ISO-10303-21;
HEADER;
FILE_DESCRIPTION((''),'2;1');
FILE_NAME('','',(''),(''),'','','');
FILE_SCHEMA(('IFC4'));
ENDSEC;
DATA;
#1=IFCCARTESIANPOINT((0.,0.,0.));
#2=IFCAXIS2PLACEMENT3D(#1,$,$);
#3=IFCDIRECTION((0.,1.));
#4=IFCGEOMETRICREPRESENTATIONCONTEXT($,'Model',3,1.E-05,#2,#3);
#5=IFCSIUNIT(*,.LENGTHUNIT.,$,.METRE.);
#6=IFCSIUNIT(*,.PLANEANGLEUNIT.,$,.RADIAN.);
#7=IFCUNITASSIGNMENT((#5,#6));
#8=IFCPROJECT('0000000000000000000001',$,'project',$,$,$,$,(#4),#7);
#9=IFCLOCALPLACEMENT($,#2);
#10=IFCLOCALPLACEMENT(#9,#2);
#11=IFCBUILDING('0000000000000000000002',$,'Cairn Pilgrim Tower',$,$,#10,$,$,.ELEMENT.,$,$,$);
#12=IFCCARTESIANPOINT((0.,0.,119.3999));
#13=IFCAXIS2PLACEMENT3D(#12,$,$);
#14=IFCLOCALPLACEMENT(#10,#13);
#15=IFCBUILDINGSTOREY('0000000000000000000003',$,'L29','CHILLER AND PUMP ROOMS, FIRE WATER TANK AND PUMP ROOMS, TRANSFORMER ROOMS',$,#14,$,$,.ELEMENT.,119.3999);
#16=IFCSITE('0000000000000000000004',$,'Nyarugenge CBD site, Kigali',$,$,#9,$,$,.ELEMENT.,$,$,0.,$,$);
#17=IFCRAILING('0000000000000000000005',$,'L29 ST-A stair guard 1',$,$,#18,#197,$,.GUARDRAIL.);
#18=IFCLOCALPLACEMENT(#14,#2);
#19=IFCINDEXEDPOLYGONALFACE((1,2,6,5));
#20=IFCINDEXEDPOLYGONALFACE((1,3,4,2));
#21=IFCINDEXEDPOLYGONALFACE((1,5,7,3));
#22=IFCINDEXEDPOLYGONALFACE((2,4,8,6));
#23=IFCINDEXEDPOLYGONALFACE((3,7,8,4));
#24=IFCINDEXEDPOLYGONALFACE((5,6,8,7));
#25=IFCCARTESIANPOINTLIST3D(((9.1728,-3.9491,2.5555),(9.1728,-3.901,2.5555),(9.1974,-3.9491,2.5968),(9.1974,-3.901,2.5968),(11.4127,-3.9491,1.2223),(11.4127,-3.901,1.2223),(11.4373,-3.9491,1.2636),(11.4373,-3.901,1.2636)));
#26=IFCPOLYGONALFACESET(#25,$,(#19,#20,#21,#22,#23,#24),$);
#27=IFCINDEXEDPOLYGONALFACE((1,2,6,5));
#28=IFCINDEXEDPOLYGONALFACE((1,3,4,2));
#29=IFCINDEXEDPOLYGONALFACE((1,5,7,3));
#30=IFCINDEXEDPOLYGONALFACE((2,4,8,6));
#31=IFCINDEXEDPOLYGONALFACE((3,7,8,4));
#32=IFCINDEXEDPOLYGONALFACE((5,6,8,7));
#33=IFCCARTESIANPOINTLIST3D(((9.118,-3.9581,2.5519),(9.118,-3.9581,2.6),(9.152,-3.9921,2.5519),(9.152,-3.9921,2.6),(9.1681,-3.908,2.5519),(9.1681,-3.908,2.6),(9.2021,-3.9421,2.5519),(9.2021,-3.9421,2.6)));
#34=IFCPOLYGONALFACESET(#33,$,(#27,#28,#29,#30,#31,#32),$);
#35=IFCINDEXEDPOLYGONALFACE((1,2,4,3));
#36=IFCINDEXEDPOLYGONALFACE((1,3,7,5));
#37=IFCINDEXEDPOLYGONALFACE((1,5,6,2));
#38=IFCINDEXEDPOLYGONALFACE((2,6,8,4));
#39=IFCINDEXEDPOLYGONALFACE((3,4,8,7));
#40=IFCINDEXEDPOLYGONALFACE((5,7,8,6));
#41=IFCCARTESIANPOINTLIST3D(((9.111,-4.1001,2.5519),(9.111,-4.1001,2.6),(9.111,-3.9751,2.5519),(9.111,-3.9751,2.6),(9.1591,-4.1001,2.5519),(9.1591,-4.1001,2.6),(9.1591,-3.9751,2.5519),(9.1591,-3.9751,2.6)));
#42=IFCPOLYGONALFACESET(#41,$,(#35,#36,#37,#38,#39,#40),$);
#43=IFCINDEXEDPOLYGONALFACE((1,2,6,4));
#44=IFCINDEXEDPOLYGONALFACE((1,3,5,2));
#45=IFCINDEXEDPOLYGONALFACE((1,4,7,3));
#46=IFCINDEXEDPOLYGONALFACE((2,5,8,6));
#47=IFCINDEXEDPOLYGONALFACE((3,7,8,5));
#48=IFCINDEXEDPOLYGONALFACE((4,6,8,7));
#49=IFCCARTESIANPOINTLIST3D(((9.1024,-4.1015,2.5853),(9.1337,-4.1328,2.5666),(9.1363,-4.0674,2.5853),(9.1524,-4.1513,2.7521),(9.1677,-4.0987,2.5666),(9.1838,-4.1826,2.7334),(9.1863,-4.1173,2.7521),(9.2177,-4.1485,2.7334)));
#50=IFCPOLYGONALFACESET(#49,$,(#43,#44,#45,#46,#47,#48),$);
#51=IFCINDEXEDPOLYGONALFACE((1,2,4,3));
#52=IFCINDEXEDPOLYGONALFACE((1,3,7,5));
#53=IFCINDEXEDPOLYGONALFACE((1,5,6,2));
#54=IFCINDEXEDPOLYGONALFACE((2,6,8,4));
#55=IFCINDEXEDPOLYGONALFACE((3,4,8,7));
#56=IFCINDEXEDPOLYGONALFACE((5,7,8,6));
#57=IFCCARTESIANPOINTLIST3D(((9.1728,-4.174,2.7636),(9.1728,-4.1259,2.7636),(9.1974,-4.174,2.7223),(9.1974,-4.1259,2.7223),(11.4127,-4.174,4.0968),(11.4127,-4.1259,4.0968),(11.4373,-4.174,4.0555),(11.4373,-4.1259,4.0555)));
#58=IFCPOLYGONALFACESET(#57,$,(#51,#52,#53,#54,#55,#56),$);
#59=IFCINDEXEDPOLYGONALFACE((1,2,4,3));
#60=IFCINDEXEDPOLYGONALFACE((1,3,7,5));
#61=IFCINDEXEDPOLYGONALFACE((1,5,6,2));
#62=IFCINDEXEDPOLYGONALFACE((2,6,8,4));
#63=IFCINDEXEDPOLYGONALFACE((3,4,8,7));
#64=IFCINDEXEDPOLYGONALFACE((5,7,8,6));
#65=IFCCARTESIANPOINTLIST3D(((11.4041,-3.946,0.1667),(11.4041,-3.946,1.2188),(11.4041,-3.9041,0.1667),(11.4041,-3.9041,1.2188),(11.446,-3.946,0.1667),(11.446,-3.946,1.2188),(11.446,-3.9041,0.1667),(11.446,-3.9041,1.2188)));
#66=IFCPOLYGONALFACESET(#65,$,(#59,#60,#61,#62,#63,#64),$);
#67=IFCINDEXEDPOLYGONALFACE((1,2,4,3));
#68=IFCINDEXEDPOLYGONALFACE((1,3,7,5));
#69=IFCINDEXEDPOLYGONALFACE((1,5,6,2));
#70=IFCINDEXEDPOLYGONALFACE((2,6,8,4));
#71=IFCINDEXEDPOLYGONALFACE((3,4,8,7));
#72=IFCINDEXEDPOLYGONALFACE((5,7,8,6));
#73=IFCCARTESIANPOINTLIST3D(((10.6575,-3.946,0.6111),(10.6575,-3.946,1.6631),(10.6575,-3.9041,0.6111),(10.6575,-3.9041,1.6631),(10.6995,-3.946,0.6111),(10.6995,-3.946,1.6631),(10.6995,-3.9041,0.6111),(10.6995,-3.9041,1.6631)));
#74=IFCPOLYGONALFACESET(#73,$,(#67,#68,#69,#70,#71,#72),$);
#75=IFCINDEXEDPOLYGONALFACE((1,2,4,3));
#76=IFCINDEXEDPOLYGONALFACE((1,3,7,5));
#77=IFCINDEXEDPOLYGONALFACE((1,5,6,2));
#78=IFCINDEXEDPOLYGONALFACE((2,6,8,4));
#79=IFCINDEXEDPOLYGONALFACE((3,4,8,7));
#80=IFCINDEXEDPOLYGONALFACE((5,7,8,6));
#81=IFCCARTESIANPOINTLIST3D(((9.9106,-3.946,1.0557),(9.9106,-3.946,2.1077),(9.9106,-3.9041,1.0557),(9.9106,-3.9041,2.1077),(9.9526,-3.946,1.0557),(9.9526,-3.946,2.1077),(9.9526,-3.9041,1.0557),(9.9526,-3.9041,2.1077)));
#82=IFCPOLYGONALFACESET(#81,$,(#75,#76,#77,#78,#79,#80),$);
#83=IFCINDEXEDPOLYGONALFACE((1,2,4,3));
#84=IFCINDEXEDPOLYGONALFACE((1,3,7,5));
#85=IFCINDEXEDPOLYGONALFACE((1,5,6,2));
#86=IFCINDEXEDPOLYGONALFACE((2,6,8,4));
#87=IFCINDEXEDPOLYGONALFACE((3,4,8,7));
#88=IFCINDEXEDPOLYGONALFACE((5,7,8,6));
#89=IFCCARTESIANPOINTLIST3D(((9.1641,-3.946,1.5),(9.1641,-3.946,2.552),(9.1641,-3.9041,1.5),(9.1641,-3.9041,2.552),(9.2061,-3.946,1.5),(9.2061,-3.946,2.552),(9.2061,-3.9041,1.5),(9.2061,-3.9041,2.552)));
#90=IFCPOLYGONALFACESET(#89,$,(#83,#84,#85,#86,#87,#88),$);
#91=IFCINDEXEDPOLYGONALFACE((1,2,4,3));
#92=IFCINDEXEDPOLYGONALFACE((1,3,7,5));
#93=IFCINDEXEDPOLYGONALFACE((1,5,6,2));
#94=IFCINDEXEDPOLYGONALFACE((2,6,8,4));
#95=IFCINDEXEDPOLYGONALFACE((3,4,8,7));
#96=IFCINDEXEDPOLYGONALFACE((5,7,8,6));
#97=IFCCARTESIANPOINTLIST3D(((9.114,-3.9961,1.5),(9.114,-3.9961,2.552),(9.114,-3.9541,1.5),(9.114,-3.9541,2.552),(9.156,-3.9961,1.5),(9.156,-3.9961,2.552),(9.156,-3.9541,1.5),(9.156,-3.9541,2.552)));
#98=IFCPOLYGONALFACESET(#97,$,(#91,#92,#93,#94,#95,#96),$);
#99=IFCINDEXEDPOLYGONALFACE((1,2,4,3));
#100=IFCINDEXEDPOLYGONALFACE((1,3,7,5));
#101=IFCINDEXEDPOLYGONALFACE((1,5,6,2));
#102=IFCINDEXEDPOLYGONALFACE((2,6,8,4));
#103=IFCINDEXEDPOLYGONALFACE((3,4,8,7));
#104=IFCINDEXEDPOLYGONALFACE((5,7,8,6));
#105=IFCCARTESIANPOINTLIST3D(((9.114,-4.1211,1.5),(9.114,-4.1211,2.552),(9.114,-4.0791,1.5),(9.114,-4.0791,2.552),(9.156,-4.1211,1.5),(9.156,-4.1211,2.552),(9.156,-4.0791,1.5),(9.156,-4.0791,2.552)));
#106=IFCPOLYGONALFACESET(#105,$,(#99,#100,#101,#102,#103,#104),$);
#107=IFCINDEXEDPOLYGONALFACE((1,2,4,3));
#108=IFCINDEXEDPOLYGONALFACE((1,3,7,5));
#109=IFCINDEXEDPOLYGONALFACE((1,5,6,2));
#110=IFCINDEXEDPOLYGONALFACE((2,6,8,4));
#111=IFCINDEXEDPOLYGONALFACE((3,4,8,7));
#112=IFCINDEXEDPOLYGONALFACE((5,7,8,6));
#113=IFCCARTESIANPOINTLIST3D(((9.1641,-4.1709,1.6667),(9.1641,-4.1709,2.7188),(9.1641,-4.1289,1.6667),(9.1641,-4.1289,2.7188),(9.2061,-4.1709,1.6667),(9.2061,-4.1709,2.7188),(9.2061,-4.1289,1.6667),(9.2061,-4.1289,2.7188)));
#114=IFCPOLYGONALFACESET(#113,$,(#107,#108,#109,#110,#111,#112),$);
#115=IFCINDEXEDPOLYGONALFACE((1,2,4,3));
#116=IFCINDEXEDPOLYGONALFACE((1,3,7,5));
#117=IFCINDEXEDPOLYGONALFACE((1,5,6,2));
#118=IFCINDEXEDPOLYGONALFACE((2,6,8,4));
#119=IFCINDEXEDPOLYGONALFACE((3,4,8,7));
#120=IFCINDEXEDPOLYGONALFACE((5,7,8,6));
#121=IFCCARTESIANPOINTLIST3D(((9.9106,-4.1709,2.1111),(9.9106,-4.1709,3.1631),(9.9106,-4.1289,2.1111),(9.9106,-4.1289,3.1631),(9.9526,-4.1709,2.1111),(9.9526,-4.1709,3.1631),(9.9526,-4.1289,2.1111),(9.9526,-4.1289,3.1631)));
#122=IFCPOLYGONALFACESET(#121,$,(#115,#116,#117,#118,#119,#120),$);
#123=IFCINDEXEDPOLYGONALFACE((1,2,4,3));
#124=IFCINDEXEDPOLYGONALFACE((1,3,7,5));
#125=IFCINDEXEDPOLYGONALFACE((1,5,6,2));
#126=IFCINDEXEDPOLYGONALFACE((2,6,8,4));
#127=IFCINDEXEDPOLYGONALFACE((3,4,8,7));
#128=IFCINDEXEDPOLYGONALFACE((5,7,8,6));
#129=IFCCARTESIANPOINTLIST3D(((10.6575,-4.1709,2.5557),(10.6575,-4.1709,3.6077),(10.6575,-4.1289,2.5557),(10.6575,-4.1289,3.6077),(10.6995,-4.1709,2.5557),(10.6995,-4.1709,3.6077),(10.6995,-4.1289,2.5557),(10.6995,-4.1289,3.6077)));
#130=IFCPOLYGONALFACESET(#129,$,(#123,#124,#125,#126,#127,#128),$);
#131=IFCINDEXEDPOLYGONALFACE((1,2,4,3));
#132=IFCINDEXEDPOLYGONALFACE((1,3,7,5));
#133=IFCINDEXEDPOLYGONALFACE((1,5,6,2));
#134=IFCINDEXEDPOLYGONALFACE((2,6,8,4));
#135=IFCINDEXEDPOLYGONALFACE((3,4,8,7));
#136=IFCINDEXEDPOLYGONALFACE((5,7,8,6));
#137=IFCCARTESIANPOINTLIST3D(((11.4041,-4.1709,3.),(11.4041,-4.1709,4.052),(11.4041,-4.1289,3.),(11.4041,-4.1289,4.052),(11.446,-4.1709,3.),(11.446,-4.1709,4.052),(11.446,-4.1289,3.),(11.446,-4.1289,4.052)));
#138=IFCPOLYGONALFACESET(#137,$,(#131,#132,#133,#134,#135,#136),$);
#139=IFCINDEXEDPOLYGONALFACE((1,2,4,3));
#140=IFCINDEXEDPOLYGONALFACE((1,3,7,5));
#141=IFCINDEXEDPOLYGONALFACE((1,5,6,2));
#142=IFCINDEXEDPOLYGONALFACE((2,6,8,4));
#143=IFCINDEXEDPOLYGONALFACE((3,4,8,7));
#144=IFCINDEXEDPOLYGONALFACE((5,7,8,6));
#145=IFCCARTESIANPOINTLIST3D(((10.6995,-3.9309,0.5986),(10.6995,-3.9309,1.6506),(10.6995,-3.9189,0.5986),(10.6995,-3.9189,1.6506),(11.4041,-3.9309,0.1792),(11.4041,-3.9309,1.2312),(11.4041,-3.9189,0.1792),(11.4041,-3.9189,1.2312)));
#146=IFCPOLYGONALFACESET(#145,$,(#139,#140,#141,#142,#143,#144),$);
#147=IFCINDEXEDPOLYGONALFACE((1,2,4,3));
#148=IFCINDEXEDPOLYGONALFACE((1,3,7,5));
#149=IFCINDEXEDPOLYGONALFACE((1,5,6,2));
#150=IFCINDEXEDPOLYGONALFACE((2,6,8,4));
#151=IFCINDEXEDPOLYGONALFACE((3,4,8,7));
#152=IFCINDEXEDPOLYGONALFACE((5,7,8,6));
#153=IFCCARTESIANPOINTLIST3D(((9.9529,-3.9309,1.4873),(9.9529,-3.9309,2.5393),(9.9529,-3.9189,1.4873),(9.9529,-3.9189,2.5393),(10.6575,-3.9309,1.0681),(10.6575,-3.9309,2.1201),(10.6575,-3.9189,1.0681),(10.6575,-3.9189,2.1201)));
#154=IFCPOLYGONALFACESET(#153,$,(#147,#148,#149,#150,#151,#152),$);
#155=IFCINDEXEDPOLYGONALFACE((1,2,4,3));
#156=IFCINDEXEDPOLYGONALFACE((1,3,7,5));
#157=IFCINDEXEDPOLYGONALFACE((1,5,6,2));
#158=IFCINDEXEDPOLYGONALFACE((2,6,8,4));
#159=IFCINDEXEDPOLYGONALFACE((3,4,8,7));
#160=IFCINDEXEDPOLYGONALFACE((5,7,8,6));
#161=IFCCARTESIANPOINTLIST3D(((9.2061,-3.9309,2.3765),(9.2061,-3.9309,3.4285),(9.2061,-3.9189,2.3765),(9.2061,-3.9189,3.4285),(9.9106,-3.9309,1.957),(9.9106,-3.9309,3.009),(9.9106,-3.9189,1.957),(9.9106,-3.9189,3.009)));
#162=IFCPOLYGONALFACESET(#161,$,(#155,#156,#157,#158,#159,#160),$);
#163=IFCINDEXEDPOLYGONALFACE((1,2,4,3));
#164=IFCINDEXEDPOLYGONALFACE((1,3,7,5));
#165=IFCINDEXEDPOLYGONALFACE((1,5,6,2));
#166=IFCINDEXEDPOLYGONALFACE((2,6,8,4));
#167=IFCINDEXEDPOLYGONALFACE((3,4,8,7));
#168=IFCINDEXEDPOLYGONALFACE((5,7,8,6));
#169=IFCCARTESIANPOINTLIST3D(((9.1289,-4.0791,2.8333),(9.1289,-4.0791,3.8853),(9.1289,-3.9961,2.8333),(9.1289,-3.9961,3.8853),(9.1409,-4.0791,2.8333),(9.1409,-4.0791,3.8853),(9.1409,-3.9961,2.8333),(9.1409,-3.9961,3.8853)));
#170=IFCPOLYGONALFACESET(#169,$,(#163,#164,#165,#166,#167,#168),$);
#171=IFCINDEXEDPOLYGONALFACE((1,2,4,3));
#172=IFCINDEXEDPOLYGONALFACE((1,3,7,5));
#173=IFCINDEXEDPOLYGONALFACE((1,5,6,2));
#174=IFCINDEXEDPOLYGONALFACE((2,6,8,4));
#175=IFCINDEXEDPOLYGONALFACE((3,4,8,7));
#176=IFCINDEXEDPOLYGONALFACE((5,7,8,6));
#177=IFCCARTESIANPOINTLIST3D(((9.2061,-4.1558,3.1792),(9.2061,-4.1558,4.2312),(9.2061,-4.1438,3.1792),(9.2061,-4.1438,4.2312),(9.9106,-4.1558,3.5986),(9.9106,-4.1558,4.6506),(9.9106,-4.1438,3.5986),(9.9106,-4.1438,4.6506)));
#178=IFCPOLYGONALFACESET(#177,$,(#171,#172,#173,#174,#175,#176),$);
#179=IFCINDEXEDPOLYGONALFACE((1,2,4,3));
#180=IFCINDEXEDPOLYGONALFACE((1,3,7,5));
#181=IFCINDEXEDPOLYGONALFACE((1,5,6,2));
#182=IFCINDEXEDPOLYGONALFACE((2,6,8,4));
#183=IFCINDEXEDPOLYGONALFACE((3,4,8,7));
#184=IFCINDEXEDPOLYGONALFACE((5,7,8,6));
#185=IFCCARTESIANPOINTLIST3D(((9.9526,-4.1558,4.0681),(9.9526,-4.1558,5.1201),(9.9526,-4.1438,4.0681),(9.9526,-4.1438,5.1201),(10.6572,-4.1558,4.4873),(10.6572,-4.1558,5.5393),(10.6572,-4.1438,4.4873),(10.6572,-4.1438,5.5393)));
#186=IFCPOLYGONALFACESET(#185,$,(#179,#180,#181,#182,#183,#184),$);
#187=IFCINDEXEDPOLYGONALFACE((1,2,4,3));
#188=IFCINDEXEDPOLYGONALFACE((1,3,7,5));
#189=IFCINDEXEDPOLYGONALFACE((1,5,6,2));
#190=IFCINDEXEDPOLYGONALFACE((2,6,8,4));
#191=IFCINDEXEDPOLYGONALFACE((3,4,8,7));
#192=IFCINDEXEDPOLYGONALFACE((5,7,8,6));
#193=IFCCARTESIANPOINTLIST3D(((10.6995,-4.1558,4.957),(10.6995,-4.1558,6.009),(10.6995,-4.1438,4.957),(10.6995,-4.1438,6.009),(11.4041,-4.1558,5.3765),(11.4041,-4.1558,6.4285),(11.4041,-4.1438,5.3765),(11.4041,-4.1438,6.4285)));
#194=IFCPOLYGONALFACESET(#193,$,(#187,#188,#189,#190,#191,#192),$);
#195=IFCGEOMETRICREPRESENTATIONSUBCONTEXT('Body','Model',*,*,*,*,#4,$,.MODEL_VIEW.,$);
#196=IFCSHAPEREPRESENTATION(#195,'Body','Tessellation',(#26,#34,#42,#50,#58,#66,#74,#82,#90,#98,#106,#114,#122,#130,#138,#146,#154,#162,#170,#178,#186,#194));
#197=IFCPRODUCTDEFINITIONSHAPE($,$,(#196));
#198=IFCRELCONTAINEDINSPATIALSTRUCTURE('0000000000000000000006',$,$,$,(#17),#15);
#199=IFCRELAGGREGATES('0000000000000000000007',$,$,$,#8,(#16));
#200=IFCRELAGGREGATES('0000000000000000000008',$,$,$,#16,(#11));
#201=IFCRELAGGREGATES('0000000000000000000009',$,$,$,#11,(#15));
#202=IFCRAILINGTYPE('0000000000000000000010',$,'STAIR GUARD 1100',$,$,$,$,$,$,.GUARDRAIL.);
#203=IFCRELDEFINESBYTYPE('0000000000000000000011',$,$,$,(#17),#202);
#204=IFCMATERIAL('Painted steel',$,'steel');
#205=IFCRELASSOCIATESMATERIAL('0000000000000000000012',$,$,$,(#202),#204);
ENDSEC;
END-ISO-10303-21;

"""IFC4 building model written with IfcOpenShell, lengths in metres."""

from ifc_helpers import new_model, si_unit, direction, frame, origin, origin_2d, place, context, subcontext, project, spatial, polyline, rectangle, outline, extrude, material, type_object, element, save


model = new_model("IFC4")

# Units and contexts
model_context = context("Model", 3, precision=1e-05, world=origin(), true_north=direction((0.0, 1.0)))
body_context = subcontext(model_context, "Body", "Model", "MODEL_VIEW")
ifc_project = project(units=[si_unit("LENGTHUNIT", "METRE"), si_unit("PLANEANGLEUNIT", "RADIAN")], contexts=[model_context])

# Site, building, storey
site_placement = place(None, origin())
site = spatial("IfcSite", under=ifc_project, at=site_placement, Name="Nyarugenge CBD site, Kigali", CompositionType="ELEMENT", RefElevation=0.0)
building_placement = place(site_placement, origin())
building = spatial("IfcBuilding", under=site, at=building_placement, Name="Cairn Pilgrim Tower", CompositionType="ELEMENT")
storey_placement = place(building_placement, frame((0.0, 0.0, 119.3999)))
storey = spatial("IfcBuildingStorey", under=building, at=storey_placement, Name="L29", Description="CHILLER AND PUMP ROOMS, FIRE WATER TANK AND PUMP ROOMS, TRANSFORMER ROOMS", CompositionType="ELEMENT", Elevation=119.3999)

# Railing
ifc_material_1 = material(Name="Painted steel", Category="steel")
railing_type_1 = type_object("IfcRailingType", Name="STAIR GUARD 1100", PredefinedType="GUARDRAIL", material=ifc_material_1)
railing_1_placement = place(storey_placement, frame((11.425, -3.925, 0.1667)))
element("IfcRailing", 1, at=railing_1_placement, inside=storey, type_object=railing_type_1, Name="L29 ST-A stair guard 1", PredefinedType="GUARDRAIL", context=body_context, shape_type="SweptSolid", body=[
    extrude(rectangle(XDim=0.0481, YDim=0.0481, at=origin_2d()), frame((0.0, 0.0, 1.0762), z_axis=(-0.859306, 0.0, 0.511462), x_axis=(0.0, -1.0, 0.0)), (0.0, 0.0, 1.0), 2.6067),
    extrude(rectangle(XDim=0.0481, YDim=0.0481, at=origin_2d()), frame((-2.24, 0.0, 2.4092), z_axis=(-0.707107, -0.707107, 0.0), x_axis=(0.707107, -0.707107, 0.0)), (0.0, 0.0, 1.0), 0.0708),
    extrude(rectangle(XDim=0.0481, YDim=0.0481, at=origin_2d()), frame((-2.29, -0.05, 2.4092), z_axis=(0.0, -1.0, 0.0), x_axis=(1.0, 0.0, 0.0)), (0.0, 0.0, 1.0), 0.125),
    extrude(rectangle(XDim=0.0481, YDim=0.0481, at=origin_2d()), frame((-2.29, -0.175, 2.4092), z_axis=(0.276389, -0.275041, 0.920848), x_axis=(0.705376, 0.708834, 0.0)), (0.0, 0.0, 1.0), 0.1812),
    extrude(rectangle(XDim=0.0481, YDim=0.0481, at=origin_2d()), frame((-2.24, -0.2249, 2.5762), z_axis=(0.859306, 0.0, 0.511462), x_axis=(0.0, 1.0, 0.0)), (0.0, 0.0, 1.0), 2.6067),
    extrude(rectangle(XDim=0.042, YDim=0.042, at=origin_2d()), origin(), (0.0, 0.0, 1.0), 1.052),
    extrude(rectangle(XDim=0.042, YDim=0.042, at=origin_2d()), frame((-0.7466, 0.0, 0.4443)), (0.0, 0.0, 1.0), 1.052),
    extrude(rectangle(XDim=0.042, YDim=0.042, at=origin_2d()), frame((-1.4934, 0.0, 0.8889)), (0.0, 0.0, 1.0), 1.052),
    extrude(rectangle(XDim=0.042, YDim=0.042, at=origin_2d()), frame((-2.24, 0.0, 1.3333)), (0.0, 0.0, 1.0), 1.052),
    extrude(rectangle(XDim=0.042, YDim=0.042, at=origin_2d()), frame((-2.29, -0.05, 1.3333)), (0.0, 0.0, 1.0), 1.052),
    extrude(rectangle(XDim=0.042, YDim=0.042, at=origin_2d()), frame((-2.29, -0.175, 1.3333)), (0.0, 0.0, 1.0), 1.052),
    extrude(rectangle(XDim=0.042, YDim=0.042, at=origin_2d()), frame((-2.24, -0.2249, 1.5)), (0.0, 0.0, 1.0), 1.052),
    extrude(rectangle(XDim=0.042, YDim=0.042, at=origin_2d()), frame((-1.4934, -0.2249, 1.9443)), (0.0, 0.0, 1.0), 1.052),
    extrude(rectangle(XDim=0.042, YDim=0.042, at=origin_2d()), frame((-0.7466, -0.2249, 2.3889)), (0.0, 0.0, 1.0), 1.052),
    extrude(rectangle(XDim=0.042, YDim=0.042, at=origin_2d()), frame((0.0, -0.2249, 2.8333)), (0.0, 0.0, 1.0), 1.052),
    extrude(outline(polyline([(0.021, 0.0125), (0.7256, 0.4319), (0.7256, 1.4839), (0.021, 1.0645), (0.021, 0.0125)])), frame((0.0, -0.0059, 0.0), z_axis=(0.0, 1.0, 0.0), x_axis=(-1.0, 0.0, 0.0)), (0.0, 0.0, 1.0), 0.012),
    extrude(outline(polyline([(0.021, 0.457), (0.7256, 0.8762), (0.7256, 1.9282), (0.021, 1.509), (0.021, 0.457)])), frame((-0.7466, -0.0059, 0.4443), z_axis=(0.0, 1.0, 0.0), x_axis=(-1.0, 0.0, 0.0)), (0.0, 0.0, 1.0), 0.012),
    extrude(outline(polyline([(0.021, 0.9014), (0.7256, 1.3208), (0.7256, 2.3728), (0.021, 1.9534), (0.021, 0.9014)])), frame((-1.4934, -0.0059, 0.8889), z_axis=(0.0, 1.0, 0.0), x_axis=(-1.0, 0.0, 0.0)), (0.0, 0.0, 1.0), 0.012),
    extrude(outline(polyline([(0.021, 1.3333), (0.104, 1.3333), (0.104, 2.3853), (0.021, 2.3853), (0.021, 1.3333)])), frame((-2.2842, -0.05, 1.3333), z_axis=(-1.0, 0.0, 0.0), x_axis=(0.0, -1.0, 0.0)), (0.0, 0.0, 1.0), 0.012),
    extrude(outline(polyline([(0.021, 1.5125), (0.7256, 1.9319), (0.7256, 2.9839), (0.021, 2.5645), (0.021, 1.5125)])), frame((-2.24, -0.2188, 1.5), z_axis=(0.0, -1.0, 0.0), x_axis=(1.0, 0.0, 0.0)), (0.0, 0.0, 1.0), 0.012),
    extrude(outline(polyline([(0.021, 1.957), (0.7256, 2.3762), (0.7256, 3.4282), (0.021, 3.009), (0.021, 1.957)])), frame((-1.4934, -0.2188, 1.9443), z_axis=(0.0, -1.0, 0.0), x_axis=(1.0, 0.0, 0.0)), (0.0, 0.0, 1.0), 0.012),
    extrude(outline(polyline([(0.021, 2.4014), (0.7256, 2.8208), (0.7256, 3.8728), (0.021, 3.4534), (0.021, 2.4014)])), frame((-0.7466, -0.2188, 2.3889), z_axis=(0.0, -1.0, 0.0), x_axis=(1.0, 0.0, 0.0)), (0.0, 0.0, 1.0), 0.012),
])

save(model, "model.ifc")
